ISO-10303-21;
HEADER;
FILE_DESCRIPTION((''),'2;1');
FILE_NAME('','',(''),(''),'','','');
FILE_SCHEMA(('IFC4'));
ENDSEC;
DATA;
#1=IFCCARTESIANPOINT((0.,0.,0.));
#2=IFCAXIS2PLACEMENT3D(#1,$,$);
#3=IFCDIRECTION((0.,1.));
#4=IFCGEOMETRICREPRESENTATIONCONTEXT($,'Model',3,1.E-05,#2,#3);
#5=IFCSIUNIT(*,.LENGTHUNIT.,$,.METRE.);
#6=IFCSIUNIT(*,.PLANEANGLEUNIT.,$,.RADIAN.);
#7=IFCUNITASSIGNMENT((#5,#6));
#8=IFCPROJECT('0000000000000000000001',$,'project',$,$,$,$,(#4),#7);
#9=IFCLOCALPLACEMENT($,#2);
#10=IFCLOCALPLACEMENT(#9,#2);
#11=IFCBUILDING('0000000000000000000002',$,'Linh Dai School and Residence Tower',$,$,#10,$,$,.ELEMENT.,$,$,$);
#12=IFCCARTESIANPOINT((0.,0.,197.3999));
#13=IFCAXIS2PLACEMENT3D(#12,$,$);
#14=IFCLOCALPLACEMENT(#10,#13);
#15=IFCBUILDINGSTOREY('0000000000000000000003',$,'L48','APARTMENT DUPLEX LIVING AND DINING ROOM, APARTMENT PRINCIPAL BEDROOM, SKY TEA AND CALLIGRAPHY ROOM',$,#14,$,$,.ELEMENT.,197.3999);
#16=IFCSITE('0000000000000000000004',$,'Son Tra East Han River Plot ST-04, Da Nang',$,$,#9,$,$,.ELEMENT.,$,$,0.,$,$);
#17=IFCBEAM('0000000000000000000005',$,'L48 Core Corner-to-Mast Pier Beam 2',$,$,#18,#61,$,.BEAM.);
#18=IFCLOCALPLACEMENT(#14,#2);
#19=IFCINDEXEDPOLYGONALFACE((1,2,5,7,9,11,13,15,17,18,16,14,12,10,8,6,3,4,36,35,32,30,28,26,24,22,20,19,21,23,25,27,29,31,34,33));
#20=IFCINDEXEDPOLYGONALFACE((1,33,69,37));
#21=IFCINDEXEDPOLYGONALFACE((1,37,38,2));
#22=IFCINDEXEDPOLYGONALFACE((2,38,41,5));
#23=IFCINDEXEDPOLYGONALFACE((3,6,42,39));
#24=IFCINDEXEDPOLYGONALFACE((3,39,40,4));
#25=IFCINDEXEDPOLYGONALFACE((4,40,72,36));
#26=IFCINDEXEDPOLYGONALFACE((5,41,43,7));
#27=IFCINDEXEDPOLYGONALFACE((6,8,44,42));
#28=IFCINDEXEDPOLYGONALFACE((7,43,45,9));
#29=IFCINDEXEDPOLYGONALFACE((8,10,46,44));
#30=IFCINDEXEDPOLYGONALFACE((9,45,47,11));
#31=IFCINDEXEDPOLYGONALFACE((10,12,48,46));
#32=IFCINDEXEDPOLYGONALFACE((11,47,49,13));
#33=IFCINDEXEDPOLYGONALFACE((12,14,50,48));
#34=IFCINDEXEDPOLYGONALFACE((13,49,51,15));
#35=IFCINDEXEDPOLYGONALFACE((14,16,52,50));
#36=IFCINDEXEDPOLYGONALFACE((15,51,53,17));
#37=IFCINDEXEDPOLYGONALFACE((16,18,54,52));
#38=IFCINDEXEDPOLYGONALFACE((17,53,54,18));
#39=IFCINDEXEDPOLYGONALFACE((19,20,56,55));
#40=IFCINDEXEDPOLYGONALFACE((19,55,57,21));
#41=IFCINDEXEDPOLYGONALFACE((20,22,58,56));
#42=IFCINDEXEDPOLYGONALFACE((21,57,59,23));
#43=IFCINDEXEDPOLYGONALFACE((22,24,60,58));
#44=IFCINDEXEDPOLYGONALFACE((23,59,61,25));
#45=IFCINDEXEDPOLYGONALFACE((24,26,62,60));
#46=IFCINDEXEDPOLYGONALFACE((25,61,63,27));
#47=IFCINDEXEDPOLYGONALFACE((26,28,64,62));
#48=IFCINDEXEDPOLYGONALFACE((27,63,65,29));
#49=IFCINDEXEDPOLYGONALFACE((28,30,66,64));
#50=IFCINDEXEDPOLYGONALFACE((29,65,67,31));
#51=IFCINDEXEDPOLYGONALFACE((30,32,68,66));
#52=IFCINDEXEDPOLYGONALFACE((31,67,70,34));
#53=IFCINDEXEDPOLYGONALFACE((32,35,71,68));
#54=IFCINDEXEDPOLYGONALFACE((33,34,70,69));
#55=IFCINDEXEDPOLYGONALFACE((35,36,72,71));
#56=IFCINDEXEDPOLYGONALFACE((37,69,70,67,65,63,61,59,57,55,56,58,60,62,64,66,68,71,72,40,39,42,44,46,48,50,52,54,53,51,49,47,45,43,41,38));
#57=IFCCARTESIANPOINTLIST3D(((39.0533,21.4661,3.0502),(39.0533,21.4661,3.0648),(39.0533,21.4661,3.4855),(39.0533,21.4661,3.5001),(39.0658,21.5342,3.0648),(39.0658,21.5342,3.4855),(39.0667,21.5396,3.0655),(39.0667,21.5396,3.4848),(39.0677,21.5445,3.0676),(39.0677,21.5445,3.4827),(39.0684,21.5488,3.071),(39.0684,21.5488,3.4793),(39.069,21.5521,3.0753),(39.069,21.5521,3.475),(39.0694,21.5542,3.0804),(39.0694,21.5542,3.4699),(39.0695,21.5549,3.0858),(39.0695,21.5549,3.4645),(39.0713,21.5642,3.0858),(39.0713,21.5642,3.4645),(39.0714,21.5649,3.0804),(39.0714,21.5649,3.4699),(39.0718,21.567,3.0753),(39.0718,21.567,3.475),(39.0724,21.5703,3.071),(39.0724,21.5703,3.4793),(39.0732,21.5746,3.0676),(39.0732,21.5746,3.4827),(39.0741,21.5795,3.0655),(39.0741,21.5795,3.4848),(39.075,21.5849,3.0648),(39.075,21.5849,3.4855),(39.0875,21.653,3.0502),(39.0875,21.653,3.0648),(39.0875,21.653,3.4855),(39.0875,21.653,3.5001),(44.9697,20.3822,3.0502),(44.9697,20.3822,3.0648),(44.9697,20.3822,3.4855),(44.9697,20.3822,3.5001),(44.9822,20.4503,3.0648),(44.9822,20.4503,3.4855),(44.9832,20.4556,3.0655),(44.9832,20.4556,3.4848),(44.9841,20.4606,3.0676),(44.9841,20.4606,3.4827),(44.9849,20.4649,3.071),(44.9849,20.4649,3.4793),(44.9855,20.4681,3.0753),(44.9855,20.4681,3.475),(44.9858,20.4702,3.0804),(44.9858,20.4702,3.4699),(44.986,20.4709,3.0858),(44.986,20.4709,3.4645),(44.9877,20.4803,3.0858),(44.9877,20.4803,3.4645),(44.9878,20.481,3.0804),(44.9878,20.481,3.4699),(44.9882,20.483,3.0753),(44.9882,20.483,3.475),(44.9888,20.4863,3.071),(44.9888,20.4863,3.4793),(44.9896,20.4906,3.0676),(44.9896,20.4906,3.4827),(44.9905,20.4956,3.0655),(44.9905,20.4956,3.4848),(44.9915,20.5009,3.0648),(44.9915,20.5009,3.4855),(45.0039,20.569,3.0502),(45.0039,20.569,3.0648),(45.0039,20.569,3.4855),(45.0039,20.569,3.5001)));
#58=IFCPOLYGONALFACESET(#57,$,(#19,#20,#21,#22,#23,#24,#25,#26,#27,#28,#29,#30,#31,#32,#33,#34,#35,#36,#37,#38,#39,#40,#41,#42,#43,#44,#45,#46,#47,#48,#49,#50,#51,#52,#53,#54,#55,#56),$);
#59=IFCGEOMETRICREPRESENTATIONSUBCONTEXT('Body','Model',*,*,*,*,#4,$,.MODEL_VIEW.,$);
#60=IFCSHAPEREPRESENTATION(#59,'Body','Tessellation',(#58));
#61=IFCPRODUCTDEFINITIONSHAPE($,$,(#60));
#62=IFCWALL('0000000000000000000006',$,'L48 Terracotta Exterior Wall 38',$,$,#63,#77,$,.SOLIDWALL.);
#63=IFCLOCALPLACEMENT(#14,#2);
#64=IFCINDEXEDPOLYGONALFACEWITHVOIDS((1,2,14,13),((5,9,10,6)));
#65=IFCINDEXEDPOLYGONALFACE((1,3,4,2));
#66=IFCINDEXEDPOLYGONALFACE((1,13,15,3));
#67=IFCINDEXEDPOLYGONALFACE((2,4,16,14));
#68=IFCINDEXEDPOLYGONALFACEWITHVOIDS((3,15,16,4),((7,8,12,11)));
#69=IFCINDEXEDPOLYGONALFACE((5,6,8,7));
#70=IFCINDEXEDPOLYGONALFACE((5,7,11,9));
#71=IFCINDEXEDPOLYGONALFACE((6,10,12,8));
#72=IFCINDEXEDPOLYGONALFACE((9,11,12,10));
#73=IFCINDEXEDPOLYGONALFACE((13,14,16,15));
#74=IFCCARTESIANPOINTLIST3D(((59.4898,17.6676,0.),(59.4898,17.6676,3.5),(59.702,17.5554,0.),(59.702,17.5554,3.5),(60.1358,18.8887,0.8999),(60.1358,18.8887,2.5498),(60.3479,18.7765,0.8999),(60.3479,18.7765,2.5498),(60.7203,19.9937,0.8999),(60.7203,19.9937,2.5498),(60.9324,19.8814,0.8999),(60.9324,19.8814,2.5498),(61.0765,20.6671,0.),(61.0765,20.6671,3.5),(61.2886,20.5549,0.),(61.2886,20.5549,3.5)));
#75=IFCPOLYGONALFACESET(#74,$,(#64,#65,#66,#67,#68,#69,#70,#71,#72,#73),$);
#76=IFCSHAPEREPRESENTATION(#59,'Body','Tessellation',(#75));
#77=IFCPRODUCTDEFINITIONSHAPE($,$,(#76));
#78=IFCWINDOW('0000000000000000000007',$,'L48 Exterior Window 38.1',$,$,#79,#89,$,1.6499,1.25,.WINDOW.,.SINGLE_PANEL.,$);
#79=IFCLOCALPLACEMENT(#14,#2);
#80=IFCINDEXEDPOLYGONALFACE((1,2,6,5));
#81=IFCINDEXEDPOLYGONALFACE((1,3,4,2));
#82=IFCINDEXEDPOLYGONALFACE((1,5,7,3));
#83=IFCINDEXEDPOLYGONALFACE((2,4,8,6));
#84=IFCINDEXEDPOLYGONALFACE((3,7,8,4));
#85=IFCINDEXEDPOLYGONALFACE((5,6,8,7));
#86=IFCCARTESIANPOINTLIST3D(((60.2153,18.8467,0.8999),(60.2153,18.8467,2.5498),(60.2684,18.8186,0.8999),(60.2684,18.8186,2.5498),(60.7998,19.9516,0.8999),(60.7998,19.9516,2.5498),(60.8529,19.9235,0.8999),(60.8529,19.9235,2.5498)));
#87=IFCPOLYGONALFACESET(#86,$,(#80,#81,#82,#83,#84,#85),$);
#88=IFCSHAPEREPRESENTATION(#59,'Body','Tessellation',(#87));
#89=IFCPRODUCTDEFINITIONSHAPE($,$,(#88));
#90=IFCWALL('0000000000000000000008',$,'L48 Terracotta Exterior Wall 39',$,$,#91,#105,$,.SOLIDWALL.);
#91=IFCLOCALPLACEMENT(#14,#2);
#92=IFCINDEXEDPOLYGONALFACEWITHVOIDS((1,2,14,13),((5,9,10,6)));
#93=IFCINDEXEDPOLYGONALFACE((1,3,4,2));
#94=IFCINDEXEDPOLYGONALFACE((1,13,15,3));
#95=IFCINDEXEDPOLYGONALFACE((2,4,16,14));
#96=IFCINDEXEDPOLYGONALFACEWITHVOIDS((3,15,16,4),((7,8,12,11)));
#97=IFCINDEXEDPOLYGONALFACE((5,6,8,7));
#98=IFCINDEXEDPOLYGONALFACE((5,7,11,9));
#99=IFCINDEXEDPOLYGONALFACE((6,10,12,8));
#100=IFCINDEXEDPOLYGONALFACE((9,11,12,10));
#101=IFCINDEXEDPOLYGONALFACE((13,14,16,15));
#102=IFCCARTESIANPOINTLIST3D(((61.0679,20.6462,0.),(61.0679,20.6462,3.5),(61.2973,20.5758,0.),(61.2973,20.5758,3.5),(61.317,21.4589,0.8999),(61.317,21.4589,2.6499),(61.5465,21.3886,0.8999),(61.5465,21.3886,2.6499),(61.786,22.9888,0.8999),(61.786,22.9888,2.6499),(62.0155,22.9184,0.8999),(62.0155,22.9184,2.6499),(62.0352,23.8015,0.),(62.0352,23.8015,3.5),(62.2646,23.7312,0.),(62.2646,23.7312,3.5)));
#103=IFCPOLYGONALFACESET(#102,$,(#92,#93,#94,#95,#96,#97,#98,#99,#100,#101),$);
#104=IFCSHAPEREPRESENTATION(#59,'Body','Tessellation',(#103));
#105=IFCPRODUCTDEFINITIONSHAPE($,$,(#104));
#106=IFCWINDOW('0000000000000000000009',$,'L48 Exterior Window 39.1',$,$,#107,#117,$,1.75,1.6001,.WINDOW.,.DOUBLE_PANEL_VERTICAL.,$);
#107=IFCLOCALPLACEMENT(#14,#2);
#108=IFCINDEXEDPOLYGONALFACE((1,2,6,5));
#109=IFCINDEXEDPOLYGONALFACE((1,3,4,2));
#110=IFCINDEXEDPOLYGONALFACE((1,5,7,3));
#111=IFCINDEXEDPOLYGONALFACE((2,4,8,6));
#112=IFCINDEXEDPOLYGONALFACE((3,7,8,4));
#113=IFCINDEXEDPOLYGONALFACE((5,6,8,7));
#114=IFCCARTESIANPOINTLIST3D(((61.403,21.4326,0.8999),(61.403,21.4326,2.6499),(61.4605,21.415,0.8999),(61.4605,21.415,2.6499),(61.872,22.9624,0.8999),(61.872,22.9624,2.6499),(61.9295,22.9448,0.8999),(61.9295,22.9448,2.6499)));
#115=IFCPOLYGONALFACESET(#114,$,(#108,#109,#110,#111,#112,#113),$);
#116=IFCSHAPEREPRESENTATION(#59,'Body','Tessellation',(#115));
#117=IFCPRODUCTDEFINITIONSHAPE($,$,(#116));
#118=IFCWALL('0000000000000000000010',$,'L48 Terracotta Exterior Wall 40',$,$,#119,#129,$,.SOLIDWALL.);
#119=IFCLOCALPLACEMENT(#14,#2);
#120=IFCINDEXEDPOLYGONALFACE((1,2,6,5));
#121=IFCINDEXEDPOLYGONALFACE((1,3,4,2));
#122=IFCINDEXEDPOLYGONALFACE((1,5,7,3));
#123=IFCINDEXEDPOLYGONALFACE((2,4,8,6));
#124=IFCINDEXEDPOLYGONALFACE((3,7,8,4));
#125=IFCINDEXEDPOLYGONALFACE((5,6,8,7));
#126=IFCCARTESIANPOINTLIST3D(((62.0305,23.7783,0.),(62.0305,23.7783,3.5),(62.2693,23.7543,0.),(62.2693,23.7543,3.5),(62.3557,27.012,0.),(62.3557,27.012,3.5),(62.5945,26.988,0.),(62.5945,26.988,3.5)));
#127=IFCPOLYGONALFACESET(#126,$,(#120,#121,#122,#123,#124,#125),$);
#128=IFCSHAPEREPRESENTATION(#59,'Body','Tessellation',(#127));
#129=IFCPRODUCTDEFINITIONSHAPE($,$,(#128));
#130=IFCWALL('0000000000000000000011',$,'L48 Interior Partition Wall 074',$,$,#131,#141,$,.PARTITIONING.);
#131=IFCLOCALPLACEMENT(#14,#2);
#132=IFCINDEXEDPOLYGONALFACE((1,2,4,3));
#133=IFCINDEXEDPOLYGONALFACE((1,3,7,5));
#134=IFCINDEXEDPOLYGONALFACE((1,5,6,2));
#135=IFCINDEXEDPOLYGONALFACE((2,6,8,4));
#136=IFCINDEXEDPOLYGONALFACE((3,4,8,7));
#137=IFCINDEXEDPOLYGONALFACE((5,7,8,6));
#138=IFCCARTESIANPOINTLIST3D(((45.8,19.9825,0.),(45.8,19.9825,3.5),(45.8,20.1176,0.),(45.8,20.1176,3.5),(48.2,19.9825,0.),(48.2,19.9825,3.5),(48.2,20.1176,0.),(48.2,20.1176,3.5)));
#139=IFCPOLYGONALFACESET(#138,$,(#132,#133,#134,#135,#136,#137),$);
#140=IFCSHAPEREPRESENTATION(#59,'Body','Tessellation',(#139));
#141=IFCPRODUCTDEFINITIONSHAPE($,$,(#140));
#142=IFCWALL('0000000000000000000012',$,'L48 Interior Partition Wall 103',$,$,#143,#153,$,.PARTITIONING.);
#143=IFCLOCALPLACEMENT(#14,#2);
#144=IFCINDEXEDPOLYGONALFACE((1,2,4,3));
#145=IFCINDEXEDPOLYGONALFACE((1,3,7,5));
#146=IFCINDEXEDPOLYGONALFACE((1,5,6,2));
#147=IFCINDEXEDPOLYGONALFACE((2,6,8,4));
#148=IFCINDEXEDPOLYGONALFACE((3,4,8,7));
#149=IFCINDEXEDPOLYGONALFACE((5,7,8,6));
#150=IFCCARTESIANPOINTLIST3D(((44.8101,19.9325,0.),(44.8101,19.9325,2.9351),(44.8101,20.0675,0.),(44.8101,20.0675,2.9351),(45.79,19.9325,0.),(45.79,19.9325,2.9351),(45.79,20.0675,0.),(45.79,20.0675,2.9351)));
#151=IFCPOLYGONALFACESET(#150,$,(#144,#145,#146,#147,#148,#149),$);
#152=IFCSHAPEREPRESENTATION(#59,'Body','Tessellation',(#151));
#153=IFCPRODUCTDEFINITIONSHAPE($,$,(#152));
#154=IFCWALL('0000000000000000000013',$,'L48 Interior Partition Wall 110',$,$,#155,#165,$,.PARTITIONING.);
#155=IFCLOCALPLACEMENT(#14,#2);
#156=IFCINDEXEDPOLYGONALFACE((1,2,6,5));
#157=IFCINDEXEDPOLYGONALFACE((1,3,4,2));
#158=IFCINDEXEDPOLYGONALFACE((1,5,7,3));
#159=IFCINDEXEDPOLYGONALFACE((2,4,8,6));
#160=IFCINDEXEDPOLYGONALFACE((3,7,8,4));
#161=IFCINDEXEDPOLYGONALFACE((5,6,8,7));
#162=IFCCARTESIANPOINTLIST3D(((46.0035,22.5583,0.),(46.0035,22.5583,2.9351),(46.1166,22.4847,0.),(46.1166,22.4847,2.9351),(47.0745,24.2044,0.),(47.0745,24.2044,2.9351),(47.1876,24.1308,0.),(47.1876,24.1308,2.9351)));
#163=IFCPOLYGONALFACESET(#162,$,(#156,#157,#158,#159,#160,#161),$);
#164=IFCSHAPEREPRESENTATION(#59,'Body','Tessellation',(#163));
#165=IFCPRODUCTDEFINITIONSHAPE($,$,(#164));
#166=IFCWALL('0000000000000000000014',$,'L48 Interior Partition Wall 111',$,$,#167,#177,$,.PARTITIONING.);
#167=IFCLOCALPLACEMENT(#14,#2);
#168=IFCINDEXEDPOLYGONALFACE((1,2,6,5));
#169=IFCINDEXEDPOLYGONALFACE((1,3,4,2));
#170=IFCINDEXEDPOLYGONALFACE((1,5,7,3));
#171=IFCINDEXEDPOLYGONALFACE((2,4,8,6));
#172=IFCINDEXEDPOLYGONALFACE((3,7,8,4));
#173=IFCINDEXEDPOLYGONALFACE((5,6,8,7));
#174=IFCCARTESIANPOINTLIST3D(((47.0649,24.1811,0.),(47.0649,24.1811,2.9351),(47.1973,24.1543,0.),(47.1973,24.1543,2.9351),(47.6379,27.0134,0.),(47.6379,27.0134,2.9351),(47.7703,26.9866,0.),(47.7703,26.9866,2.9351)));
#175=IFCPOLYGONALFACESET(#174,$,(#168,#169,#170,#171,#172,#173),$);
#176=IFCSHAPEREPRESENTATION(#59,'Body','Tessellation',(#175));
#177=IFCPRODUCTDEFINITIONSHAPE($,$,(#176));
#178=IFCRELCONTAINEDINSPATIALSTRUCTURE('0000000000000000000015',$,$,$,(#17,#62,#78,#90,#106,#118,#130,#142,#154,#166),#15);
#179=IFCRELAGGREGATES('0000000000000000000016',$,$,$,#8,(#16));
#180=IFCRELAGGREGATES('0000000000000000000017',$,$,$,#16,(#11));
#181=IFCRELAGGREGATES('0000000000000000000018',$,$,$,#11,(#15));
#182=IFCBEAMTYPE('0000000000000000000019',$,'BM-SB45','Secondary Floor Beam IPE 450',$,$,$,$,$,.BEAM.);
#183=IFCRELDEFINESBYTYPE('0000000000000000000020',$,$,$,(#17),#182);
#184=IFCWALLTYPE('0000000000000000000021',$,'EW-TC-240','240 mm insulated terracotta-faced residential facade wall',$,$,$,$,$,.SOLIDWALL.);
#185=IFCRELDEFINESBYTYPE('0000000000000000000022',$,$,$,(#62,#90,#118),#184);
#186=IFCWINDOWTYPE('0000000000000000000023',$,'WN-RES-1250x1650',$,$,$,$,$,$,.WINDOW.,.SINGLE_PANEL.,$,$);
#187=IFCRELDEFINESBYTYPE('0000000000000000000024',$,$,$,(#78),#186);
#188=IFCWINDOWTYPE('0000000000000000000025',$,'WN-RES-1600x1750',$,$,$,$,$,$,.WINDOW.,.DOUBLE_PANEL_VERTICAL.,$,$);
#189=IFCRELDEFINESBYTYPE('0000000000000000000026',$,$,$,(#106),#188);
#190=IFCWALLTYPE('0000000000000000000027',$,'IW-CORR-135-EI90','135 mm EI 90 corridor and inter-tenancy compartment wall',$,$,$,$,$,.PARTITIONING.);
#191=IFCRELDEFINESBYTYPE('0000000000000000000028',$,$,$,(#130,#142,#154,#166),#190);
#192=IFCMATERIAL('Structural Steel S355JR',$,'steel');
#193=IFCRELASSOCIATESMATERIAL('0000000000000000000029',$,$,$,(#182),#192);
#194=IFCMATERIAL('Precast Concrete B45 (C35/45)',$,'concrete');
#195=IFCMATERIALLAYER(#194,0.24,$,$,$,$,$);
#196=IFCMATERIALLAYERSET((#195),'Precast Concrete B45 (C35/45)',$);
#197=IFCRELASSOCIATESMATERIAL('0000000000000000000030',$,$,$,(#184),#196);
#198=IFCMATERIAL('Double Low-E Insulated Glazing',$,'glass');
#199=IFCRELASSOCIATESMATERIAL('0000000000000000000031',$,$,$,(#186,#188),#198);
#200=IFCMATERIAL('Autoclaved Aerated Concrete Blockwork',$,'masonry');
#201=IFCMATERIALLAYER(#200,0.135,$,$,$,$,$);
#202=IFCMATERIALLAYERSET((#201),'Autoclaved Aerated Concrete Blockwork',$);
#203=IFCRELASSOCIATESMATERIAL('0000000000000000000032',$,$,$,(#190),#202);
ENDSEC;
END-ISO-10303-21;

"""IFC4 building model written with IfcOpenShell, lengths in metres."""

from ifc_helpers import new_model, si_unit, direction, frame, frame_2d, origin, origin_2d, place, context, subcontext, project, spatial, rectangle, i_section, extrude, source, transform, mapped, material, layer, layer_set, material_profile, profile_set, type_object, element, fill, save


model = new_model("IFC4")

# Units and contexts
model_context = context("Model", 3, precision=1e-05, world=origin(), true_north=direction((0.0, 1.0)))
body_context = subcontext(model_context, "Body", "Model", "MODEL_VIEW")
ifc_project = project(units=[si_unit("LENGTHUNIT", "METRE"), si_unit("PLANEANGLEUNIT", "RADIAN")], contexts=[model_context])

# Site, building, storey
site_placement = place(None, origin())
site = spatial("IfcSite", under=ifc_project, at=site_placement, Name="Son Tra East Han River Plot ST-04, Da Nang", CompositionType="ELEMENT", RefElevation=0.0)
building_placement = place(site_placement, origin())
building = spatial("IfcBuilding", under=site, at=building_placement, Name="Linh Dai School and Residence Tower", CompositionType="ELEMENT")
storey_placement = place(building_placement, frame((0.0, 0.0, 197.3999)))
storey = spatial("IfcBuildingStorey", under=building, at=storey_placement, Name="L48", Description="APARTMENT DUPLEX LIVING AND DINING ROOM, APARTMENT PRINCIPAL BEDROOM, SKY TEA AND CALLIGRAPHY ROOM", CompositionType="ELEMENT", Elevation=197.3999)

# Shared definitions
ifc_material_1 = material(Name="Structural Steel S355JR", Category="steel")

# Beam
ifc_material_profile_1 = material_profile(ifc_material_1, i_section(OverallWidth=0.1899, OverallDepth=0.45, WebThickness=0.0095, FlangeThickness=0.0146, FilletRadius=0.021, at=origin_2d()), Name="IPE 450")
ifc_profile_set_1 = profile_set([ifc_material_profile_1], Name="Structural Steel S355JR")
beam_type_1 = type_object("IfcBeamType", Name="BM-SB45", Description="Secondary Floor Beam IPE 450", PredefinedType="BEAM", material=ifc_profile_set_1)
beam_1_placement = place(storey_placement, frame((44.9868, 20.4756, 3.2751), z_axis=(-0.983627, 0.180214, 0.0), x_axis=(-0.180214, -0.983627, 0.0)))
element("IfcBeam", 1, at=beam_1_placement, inside=storey, type_object=beam_type_1, Name="L48 Core Corner-to-Mast Pier Beam 2", PredefinedType="BEAM", context=body_context, shape_type="SweptSolid", body=[
    extrude(i_section(OverallWidth=0.1899, OverallDepth=0.45, WebThickness=0.0095, FlangeThickness=0.0146, FilletRadius=0.021, at=origin_2d()), origin(), (0.0, 0.0, 1.0), 6.0149),
])

# Walls, openings, windows
ifc_material_2 = material(Name="Precast Concrete B45 (C35/45)", Category="concrete")
ifc_layer_1 = layer(ifc_material_2, 0.24)
ifc_layer_set_1 = layer_set([ifc_layer_1], Name="Precast Concrete B45 (C35/45)")
wall_type_1 = type_object("IfcWallType", Name="EW-TC-240", Description="240 mm insulated terracotta-faced residential facade wall", PredefinedType="SOLIDWALL", material=ifc_layer_set_1)
wall_1_placement = place(storey_placement, frame((61.1826, 20.6111, 0.0), z_axis=(0.0, 0.0, 1.0), x_axis=(-0.467587, -0.883947, 0.0)))
wall_1 = element("IfcWall", 2, at=wall_1_placement, inside=storey, type_object=wall_type_1, Name="L48 Terracotta Exterior Wall 38", PredefinedType="SOLIDWALL", context=body_context, shape_type="SweptSolid", body=[
    extrude(rectangle(XDim=3.3933, YDim=0.24, at=frame_2d((1.6968, 0.0))), origin(), (0.0, 0.0, 1.0), 3.5),
])
opening_1_placement = place(wall_1_placement, frame((0.762, 0.0, 0.8999)))
opening_1 = element("IfcOpeningElement", 3, at=opening_1_placement, cuts=wall_1, PredefinedType="OPENING", context=body_context, shape_type="SweptSolid", body=[
    extrude(rectangle(XDim=1.25, YDim=1.6499, at=origin_2d()), frame((0.625, 0.1299, 0.825), z_axis=(0.0, -1.0, 0.0), x_axis=(1.0, 0.0, 0.0)), (0.0, 0.0, 1.0), 0.26),
])
ifc_material_3 = material(Name="Double Low-E Insulated Glazing", Category="glass")
window_type_1 = type_object("IfcWindowType", Name="WN-RES-1250x1650", PartitioningType="SINGLE_PANEL", PredefinedType="WINDOW", material=ifc_material_3)
shared_shape_1 = source(origin(), body_context, "Body", "SweptSolid", [
    extrude(rectangle(XDim=1.25, YDim=1.6499, at=origin_2d()), frame((0.625, 0.03, 0.825), z_axis=(0.0, -1.0, 0.0), x_axis=(1.0, 0.0, 0.0)), (0.0, 0.0, 1.0), 0.0601),
])
window_1_placement = place(opening_1_placement, origin())
window_1 = element("IfcWindow", 4, at=window_1_placement, inside=storey, type_object=window_type_1, Name="L48 Exterior Window 38.1", OverallHeight=1.6499, OverallWidth=1.25, PartitioningType="SINGLE_PANEL", PredefinedType="WINDOW", context=body_context, shape_type="MappedRepresentation", body=[
    mapped(shared_shape_1, transform((0.0, 0.0, 0.0), x_axis=(1.0, 0.0, 0.0), y_axis=(0.0, 1.0, 0.0), z_axis=(0.0, 0.0, 1.0), scale=1.0)),
])
fill(opening_1, window_1)
wall_2_placement = place(storey_placement, frame((62.1499, 23.7664, 0.0), z_axis=(0.0, 0.0, 1.0), x_axis=(-0.293098, -0.956082, 0.0)))
wall_2 = element("IfcWall", 5, at=wall_2_placement, inside=storey, type_object=wall_type_1, Name="L48 Terracotta Exterior Wall 39", PredefinedType="SOLIDWALL", context=body_context, shape_type="SweptSolid", body=[
    extrude(rectangle(XDim=3.3003, YDim=0.24, at=frame_2d((1.6501, 0.0))), origin(), (0.0, 0.0, 1.0), 3.5),
])
opening_2_placement = place(wall_2_placement, frame((0.8501, 0.0, 0.8999)))
opening_2 = element("IfcOpeningElement", 6, at=opening_2_placement, cuts=wall_2, PredefinedType="OPENING", context=body_context, shape_type="SweptSolid", body=[
    extrude(rectangle(XDim=1.6001, YDim=1.75, at=origin_2d()), frame((0.8, 0.1299, 0.875), z_axis=(0.0, -1.0, 0.0), x_axis=(1.0, 0.0, 0.0)), (0.0, 0.0, 1.0), 0.26),
])
window_type_2 = type_object("IfcWindowType", Name="WN-RES-1600x1750", PartitioningType="DOUBLE_PANEL_VERTICAL", PredefinedType="WINDOW", material=ifc_material_3)
shared_shape_2 = source(origin(), body_context, "Body", "SweptSolid", [
    extrude(rectangle(XDim=1.6001, YDim=1.75, at=origin_2d()), frame((0.8, 0.03, 0.875), z_axis=(0.0, -1.0, 0.0), x_axis=(1.0, 0.0, 0.0)), (0.0, 0.0, 1.0), 0.0601),
])
window_2_placement = place(opening_2_placement, origin())
window_2 = element("IfcWindow", 7, at=window_2_placement, inside=storey, type_object=window_type_2, Name="L48 Exterior Window 39.1", OverallHeight=1.75, OverallWidth=1.6001, PartitioningType="DOUBLE_PANEL_VERTICAL", PredefinedType="WINDOW", context=body_context, shape_type="MappedRepresentation", body=[
    mapped(shared_shape_2, transform((0.0, 0.0, 0.0), x_axis=(1.0, 0.0, 0.0), y_axis=(0.0, 1.0, 0.0), z_axis=(0.0, 0.0, 1.0), scale=1.0)),
])
fill(opening_2, window_2)

# Walls
wall_3_placement = place(storey_placement, frame((62.4751, 27.0, 0.0), z_axis=(0.0, 0.0, 1.0), x_axis=(-0.100062, -0.994981, 0.0)))
element("IfcWall", 8, at=wall_3_placement, inside=storey, type_object=wall_type_1, Name="L48 Terracotta Exterior Wall 40", PredefinedType="SOLIDWALL", context=body_context, shape_type="SweptSolid", body=[
    extrude(rectangle(XDim=3.25, YDim=0.24, at=frame_2d((1.625, 0.0))), origin(), (0.0, 0.0, 1.0), 3.5),
])
ifc_material_4 = material(Name="Autoclaved Aerated Concrete Blockwork", Category="masonry")
ifc_layer_2 = layer(ifc_material_4, 0.135)
ifc_layer_set_2 = layer_set([ifc_layer_2], Name="Autoclaved Aerated Concrete Blockwork")
wall_type_2 = type_object("IfcWallType", Name="IW-CORR-135-EI90", Description="135 mm EI 90 corridor and inter-tenancy compartment wall", PredefinedType="PARTITIONING", material=ifc_layer_set_2)
wall_4_placement = place(storey_placement, frame((45.8, 20.05, 0.0), z_axis=(0.0, 0.0, 1.0), x_axis=(1.0, 0.0, 0.0)))
element("IfcWall", 9, at=wall_4_placement, inside=storey, type_object=wall_type_2, Name="L48 Interior Partition Wall 074", PredefinedType="PARTITIONING", context=body_context, shape_type="SweptSolid", body=[
    extrude(rectangle(XDim=2.3999, YDim=0.135, at=frame_2d((1.2, 0.0))), origin(), (0.0, 0.0, 1.0), 3.5),
])
wall_5_placement = place(storey_placement, frame((44.8101, 20.0, 0.0), z_axis=(0.0, 0.0, 1.0), x_axis=(1.0, 0.0, 0.0)))
element("IfcWall", 10, at=wall_5_placement, inside=storey, type_object=wall_type_2, Name="L48 Interior Partition Wall 103", PredefinedType="PARTITIONING", context=body_context, shape_type="SweptSolid", body=[
    extrude(rectangle(XDim=0.98, YDim=0.135, at=frame_2d((0.49, 0.0))), origin(), (0.0, 0.0, 1.0), 2.9351),
])
wall_6_placement = place(storey_placement, frame((46.0601, 22.5215, 0.0), z_axis=(0.0, 0.0, 1.0), x_axis=(0.545342, 0.838213, 0.0)))
element("IfcWall", 11, at=wall_6_placement, inside=storey, type_object=wall_type_2, Name="L48 Interior Partition Wall 110", PredefinedType="PARTITIONING", context=body_context, shape_type="SweptSolid", body=[
    extrude(rectangle(XDim=1.9639, YDim=0.135, at=frame_2d((0.9819, 0.0))), origin(), (0.0, 0.0, 1.0), 2.9351),
])
wall_7_placement = place(storey_placement, frame((47.1311, 24.1677, 0.0), z_axis=(0.0, 0.0, 1.0), x_axis=(0.198293, 0.980143, 0.0)))
element("IfcWall", 12, at=wall_7_placement, inside=storey, type_object=wall_type_2, Name="L48 Interior Partition Wall 111", PredefinedType="PARTITIONING", context=body_context, shape_type="SweptSolid", body=[
    extrude(rectangle(XDim=2.8896, YDim=0.135, at=frame_2d((1.4448, 0.0))), origin(), (0.0, 0.0, 1.0), 2.9351),
])

save(model, "model.ifc")
